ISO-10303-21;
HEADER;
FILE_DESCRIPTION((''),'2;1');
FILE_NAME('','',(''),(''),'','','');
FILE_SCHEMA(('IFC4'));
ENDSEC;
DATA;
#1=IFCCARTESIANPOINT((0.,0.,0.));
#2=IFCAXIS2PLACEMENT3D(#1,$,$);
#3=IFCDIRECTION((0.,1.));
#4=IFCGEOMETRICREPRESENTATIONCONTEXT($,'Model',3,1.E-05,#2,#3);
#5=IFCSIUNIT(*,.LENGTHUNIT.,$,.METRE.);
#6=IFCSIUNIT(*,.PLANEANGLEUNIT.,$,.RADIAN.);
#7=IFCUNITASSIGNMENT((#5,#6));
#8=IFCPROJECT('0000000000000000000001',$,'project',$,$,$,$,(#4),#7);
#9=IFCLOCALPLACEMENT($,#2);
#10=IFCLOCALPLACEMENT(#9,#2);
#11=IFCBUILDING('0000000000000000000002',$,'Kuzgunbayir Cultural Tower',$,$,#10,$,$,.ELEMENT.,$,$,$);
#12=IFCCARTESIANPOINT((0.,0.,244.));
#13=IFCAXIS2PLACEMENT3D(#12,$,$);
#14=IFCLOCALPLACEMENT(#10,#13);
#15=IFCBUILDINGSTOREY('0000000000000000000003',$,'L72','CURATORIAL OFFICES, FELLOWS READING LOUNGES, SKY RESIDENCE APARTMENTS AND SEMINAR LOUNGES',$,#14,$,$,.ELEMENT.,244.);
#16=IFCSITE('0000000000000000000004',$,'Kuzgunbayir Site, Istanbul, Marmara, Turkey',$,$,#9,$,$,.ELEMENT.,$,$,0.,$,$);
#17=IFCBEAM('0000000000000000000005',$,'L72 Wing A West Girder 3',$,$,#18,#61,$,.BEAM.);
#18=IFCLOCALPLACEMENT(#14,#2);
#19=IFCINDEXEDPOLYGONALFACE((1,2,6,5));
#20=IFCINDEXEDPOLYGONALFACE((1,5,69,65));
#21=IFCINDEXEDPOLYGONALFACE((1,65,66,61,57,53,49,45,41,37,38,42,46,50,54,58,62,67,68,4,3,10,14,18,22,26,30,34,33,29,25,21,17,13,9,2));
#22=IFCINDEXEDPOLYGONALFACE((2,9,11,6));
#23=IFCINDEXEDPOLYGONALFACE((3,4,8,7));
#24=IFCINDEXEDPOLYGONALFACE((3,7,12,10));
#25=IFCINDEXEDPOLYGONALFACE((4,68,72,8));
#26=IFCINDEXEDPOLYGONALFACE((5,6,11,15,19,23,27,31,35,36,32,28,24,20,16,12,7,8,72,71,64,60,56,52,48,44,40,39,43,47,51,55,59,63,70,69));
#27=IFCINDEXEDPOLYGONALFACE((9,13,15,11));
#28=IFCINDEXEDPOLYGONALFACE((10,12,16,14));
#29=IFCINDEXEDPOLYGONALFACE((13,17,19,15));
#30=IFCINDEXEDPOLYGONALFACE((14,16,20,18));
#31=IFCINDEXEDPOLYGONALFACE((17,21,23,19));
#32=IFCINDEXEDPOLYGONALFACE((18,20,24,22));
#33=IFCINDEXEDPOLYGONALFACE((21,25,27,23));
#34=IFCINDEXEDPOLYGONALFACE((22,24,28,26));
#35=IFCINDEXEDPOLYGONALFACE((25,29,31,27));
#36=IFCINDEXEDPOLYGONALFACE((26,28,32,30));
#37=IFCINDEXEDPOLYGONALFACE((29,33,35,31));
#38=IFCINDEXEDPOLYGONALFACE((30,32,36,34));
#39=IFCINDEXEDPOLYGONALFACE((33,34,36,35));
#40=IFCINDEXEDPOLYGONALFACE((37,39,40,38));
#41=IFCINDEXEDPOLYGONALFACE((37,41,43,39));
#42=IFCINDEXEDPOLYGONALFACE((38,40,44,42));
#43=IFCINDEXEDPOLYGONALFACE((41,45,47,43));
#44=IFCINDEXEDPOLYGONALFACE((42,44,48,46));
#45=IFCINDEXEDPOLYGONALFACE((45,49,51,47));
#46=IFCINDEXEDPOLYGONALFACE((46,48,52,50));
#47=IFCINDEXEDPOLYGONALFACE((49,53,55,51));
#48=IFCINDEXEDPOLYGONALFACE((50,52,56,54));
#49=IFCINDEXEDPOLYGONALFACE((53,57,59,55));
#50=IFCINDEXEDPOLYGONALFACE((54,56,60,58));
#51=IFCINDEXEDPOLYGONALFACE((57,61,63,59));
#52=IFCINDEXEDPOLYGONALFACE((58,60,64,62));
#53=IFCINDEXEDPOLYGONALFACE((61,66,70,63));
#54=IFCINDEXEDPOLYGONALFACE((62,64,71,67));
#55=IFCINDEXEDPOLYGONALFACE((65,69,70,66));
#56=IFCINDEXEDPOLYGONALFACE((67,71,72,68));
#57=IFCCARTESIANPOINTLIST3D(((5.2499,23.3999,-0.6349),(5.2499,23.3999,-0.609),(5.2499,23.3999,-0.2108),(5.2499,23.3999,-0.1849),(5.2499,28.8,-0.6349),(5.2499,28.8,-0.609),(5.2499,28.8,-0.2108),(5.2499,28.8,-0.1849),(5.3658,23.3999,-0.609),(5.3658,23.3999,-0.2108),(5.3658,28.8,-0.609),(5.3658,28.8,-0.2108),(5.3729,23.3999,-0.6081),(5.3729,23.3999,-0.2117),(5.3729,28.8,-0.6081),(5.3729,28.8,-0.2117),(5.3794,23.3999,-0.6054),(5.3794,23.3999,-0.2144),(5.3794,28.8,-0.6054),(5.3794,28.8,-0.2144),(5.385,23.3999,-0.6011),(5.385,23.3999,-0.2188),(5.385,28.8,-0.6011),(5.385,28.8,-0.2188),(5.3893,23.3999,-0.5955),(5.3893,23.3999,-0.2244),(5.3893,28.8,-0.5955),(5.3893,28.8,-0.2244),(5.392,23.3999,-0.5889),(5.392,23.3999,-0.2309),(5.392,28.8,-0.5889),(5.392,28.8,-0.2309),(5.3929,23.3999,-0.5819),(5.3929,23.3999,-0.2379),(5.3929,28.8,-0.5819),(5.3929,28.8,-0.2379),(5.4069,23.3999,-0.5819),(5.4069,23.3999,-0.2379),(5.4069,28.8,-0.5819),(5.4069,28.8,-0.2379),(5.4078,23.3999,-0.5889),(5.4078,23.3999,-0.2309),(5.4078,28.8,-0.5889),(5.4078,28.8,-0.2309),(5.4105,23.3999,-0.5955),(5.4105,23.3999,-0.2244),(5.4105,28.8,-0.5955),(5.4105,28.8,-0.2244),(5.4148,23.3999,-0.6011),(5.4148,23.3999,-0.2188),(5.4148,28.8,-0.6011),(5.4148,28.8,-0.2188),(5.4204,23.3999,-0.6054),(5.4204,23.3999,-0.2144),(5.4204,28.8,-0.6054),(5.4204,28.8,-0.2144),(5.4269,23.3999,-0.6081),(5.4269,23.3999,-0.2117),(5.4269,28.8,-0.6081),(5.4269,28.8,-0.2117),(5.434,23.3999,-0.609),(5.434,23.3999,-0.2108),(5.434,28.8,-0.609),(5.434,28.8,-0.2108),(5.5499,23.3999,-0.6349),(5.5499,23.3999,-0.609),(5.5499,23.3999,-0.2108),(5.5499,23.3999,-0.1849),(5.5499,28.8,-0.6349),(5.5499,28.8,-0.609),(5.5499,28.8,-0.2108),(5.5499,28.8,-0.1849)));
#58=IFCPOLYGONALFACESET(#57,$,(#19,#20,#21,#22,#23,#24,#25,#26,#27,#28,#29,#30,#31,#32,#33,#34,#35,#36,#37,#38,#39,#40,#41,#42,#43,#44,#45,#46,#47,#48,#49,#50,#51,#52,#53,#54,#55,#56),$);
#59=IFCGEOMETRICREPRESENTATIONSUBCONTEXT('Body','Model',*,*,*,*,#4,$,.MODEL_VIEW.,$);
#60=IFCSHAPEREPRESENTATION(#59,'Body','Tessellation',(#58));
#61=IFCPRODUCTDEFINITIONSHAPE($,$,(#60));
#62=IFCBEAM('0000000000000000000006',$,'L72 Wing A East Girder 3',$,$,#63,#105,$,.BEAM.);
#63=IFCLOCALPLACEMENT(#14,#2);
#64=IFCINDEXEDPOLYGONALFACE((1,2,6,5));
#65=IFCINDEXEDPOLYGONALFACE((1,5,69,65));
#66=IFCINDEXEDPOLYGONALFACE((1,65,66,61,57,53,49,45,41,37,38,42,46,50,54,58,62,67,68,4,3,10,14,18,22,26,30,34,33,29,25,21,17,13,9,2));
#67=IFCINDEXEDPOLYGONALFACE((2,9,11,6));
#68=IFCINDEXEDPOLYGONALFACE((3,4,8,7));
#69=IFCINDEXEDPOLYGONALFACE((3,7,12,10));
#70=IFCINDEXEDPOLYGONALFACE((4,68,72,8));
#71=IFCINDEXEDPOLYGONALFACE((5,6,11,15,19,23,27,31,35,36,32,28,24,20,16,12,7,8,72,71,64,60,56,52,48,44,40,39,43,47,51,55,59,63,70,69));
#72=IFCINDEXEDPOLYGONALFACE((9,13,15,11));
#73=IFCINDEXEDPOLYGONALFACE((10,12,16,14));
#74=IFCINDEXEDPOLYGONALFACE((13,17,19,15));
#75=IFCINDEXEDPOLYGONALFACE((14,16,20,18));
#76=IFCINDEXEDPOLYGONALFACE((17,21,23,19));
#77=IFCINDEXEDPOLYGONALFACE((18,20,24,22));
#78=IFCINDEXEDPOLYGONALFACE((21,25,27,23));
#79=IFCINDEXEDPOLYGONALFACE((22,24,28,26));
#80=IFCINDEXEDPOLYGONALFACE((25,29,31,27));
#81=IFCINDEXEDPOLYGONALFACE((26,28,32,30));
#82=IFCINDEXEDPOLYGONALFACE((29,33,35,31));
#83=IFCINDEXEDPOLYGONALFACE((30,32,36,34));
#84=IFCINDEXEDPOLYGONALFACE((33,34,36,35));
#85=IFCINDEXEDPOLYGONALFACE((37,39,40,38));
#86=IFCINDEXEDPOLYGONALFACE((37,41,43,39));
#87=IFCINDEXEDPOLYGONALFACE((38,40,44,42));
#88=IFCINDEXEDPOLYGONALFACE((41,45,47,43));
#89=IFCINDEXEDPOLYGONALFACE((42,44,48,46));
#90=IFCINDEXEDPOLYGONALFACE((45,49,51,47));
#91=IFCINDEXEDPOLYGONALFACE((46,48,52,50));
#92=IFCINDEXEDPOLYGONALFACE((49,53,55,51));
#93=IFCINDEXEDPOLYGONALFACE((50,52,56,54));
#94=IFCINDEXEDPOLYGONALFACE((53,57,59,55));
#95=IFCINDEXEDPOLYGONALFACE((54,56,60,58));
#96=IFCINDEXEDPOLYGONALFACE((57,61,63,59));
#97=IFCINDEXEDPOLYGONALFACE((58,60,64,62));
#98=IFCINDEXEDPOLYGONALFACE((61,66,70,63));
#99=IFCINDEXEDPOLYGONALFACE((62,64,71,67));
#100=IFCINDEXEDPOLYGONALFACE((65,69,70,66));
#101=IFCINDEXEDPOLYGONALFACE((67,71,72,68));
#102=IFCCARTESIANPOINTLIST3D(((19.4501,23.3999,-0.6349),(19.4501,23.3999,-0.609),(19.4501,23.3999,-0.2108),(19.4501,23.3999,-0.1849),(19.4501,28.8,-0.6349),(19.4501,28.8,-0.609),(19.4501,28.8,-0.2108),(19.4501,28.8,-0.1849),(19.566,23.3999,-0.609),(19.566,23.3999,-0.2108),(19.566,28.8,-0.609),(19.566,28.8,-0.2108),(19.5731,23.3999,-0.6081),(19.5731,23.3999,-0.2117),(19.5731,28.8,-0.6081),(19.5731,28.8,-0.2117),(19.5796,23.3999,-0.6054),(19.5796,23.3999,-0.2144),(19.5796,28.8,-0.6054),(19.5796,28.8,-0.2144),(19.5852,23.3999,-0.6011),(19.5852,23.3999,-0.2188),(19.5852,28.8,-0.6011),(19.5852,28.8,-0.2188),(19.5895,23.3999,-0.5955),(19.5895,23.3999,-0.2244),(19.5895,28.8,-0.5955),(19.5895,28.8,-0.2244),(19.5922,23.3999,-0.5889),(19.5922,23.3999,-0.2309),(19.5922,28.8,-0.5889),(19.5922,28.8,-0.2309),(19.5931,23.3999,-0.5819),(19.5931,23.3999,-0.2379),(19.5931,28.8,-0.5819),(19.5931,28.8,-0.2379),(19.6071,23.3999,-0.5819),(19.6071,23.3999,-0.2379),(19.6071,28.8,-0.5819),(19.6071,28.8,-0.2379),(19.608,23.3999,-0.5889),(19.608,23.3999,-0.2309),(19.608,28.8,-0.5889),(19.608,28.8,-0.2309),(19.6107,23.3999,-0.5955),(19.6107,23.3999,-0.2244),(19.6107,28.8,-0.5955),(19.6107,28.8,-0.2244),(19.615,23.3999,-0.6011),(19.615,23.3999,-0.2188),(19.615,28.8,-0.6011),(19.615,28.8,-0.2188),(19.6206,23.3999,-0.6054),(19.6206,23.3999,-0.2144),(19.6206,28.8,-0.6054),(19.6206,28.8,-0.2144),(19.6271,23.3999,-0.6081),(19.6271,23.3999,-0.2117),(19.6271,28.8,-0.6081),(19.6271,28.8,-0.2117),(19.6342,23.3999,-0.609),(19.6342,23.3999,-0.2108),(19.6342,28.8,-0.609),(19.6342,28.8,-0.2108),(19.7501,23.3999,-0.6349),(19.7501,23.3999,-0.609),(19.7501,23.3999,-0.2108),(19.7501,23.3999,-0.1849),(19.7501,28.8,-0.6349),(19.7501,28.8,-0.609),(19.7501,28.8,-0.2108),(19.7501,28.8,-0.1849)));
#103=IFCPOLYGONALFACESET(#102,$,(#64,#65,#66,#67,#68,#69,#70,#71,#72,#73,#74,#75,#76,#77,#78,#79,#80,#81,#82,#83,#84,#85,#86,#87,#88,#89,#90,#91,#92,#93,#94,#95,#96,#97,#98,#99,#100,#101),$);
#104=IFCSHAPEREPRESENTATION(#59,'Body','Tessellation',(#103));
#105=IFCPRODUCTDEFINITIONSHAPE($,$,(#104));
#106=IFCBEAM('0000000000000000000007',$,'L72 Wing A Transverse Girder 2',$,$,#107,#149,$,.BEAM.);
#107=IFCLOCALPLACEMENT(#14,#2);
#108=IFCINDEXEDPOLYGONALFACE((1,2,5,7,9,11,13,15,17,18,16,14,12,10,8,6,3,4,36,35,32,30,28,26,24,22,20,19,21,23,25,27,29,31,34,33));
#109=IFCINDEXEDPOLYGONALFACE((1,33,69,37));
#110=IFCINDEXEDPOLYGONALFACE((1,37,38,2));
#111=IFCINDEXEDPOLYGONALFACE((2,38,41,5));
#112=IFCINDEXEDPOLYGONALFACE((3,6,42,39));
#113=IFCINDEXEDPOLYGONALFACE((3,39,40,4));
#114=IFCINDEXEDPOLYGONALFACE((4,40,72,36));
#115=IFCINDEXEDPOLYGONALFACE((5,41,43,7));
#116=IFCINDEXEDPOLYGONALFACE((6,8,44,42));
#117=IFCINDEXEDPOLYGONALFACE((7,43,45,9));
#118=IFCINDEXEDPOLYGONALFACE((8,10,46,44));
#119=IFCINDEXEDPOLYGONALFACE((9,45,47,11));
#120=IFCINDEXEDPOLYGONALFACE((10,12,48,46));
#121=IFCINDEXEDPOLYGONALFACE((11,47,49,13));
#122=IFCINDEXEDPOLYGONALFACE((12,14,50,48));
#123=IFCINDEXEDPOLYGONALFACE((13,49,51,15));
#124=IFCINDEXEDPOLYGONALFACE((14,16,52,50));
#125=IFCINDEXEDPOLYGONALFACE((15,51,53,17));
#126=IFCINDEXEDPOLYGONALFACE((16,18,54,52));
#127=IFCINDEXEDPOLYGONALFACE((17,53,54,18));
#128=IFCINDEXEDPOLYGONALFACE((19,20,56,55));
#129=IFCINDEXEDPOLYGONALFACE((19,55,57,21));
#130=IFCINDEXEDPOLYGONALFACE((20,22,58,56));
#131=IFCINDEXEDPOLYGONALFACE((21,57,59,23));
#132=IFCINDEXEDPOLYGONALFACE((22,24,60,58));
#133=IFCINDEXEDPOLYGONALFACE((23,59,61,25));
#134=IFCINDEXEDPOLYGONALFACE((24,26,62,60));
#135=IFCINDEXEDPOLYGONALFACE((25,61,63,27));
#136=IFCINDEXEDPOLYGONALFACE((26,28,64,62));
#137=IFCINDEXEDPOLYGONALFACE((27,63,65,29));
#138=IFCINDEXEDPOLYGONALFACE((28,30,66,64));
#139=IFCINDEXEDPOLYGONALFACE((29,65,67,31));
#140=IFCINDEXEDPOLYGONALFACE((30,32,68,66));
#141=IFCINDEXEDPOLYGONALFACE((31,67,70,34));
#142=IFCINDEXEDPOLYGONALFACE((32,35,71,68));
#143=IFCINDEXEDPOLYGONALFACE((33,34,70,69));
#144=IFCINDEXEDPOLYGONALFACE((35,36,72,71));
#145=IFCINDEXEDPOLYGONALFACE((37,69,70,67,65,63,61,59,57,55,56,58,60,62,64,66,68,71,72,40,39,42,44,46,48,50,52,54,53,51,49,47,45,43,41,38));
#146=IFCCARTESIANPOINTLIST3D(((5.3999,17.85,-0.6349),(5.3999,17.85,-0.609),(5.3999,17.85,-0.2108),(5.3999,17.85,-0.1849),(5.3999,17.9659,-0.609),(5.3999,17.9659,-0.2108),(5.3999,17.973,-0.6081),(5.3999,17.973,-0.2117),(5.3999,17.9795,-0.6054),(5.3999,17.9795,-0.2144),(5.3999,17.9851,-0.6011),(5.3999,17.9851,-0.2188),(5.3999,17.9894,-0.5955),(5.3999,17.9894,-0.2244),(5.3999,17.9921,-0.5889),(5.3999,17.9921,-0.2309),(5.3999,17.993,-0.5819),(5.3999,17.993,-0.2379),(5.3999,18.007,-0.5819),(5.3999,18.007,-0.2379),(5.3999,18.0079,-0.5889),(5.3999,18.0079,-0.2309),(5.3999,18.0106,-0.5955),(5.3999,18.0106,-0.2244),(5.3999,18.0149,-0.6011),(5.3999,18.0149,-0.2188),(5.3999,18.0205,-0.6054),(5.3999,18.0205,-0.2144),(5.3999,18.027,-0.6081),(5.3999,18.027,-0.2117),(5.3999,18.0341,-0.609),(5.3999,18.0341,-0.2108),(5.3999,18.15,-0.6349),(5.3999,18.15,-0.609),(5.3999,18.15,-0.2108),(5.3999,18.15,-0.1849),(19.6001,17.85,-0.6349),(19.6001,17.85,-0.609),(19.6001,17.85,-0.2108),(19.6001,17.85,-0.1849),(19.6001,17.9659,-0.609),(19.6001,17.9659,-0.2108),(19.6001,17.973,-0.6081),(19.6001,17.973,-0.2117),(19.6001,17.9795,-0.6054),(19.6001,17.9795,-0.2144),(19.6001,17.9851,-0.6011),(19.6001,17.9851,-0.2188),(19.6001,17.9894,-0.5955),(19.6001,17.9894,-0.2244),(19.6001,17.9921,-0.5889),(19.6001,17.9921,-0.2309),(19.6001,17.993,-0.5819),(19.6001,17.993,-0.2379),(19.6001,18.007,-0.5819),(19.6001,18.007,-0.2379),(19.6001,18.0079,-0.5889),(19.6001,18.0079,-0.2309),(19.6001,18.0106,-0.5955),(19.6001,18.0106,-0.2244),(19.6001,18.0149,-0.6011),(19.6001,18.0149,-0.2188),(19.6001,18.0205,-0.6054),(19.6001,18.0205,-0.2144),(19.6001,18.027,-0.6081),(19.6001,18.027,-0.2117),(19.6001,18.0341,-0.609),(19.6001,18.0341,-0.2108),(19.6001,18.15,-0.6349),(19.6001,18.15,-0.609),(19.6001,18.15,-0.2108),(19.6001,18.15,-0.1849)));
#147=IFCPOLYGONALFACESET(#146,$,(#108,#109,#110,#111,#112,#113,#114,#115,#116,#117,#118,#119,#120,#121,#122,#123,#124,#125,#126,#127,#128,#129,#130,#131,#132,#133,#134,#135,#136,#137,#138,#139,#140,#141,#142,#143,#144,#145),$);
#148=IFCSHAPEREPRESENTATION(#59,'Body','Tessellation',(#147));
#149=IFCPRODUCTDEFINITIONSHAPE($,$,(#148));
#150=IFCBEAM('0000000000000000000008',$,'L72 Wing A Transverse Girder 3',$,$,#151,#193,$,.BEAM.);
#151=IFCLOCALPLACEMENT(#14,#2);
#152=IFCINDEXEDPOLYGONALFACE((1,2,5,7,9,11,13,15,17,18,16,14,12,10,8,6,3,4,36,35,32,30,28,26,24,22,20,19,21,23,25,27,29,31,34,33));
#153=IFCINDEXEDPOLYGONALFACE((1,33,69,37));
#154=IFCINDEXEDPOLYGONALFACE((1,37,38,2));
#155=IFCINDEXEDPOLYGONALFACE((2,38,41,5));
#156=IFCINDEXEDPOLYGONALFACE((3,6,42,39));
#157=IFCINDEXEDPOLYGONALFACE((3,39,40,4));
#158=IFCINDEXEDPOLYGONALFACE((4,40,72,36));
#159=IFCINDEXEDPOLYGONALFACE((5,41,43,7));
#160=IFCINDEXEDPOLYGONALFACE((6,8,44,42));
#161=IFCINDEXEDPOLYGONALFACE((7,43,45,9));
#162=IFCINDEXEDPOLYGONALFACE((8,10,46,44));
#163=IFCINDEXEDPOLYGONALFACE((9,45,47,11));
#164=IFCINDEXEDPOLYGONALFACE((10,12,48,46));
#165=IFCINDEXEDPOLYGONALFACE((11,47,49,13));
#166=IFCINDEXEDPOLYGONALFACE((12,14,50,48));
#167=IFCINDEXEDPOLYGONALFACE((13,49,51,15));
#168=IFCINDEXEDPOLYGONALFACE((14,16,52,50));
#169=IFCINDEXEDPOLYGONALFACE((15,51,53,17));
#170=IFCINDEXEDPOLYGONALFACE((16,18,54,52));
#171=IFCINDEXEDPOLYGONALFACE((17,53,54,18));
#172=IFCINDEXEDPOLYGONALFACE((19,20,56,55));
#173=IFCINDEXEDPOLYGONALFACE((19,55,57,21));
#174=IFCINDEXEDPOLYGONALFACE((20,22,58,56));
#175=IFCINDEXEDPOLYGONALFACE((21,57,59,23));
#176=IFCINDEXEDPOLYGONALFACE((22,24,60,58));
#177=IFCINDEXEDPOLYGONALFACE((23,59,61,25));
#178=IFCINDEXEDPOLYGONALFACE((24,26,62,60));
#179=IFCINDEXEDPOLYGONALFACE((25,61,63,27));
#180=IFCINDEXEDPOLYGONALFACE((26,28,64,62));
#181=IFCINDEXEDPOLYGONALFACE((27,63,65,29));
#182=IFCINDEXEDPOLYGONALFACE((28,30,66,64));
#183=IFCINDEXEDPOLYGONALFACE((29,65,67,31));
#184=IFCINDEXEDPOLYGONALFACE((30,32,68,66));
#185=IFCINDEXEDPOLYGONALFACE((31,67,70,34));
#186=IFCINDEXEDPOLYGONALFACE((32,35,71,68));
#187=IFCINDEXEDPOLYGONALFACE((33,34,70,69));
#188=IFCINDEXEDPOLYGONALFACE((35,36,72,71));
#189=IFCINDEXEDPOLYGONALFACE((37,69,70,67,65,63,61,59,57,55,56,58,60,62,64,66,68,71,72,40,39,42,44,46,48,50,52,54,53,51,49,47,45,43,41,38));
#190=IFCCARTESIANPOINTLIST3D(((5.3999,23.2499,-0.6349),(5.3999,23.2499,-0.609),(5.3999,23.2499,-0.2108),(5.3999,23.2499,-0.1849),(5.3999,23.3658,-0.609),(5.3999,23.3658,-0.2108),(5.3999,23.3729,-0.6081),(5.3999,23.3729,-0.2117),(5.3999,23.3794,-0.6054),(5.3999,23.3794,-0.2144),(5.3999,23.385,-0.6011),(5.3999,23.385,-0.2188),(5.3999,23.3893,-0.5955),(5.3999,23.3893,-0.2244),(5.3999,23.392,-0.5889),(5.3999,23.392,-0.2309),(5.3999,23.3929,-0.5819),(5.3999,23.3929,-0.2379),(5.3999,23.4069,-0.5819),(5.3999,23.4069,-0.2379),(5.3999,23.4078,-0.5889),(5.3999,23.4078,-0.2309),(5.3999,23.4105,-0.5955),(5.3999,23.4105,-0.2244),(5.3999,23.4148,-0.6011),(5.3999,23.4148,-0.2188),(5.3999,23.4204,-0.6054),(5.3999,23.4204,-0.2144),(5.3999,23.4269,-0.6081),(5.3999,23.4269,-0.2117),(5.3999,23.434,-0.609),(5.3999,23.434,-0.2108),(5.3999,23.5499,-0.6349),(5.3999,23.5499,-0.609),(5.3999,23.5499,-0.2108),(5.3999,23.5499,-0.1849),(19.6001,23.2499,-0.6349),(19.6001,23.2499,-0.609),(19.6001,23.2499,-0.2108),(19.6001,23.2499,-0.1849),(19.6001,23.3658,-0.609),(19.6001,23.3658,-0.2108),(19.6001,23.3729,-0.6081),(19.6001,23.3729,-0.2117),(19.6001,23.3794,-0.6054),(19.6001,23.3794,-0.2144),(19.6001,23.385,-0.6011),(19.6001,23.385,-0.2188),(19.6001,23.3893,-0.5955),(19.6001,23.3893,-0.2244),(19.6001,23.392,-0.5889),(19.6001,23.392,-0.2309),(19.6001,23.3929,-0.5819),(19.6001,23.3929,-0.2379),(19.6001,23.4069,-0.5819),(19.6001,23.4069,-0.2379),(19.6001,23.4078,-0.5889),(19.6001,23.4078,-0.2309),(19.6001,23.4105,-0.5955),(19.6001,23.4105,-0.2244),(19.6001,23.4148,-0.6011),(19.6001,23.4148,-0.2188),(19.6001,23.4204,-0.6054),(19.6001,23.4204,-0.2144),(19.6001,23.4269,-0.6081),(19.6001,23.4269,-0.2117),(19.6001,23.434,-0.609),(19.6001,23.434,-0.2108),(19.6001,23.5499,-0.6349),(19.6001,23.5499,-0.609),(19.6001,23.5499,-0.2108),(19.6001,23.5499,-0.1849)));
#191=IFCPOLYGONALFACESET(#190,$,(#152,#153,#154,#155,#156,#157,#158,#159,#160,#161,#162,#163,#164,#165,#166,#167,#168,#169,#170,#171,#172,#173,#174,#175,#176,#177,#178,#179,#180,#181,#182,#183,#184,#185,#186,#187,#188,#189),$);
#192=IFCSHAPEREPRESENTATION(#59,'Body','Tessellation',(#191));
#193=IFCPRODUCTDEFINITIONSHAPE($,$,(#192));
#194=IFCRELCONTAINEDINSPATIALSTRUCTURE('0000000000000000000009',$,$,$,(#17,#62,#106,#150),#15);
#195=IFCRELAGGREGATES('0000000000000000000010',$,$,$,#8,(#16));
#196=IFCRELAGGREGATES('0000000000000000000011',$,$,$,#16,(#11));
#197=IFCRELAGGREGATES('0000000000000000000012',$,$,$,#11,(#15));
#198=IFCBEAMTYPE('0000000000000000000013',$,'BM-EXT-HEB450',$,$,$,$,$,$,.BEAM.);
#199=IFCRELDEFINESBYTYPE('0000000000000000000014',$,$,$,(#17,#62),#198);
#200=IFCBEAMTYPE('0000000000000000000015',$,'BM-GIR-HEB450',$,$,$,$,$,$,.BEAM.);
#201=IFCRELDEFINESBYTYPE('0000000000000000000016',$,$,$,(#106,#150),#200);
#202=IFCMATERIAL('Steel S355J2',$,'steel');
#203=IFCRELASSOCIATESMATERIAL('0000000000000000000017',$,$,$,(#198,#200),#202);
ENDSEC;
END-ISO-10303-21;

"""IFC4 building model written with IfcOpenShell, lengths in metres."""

from ifc_helpers import new_model, si_unit, direction, frame, origin, origin_2d, place, context, subcontext, project, spatial, i_section, extrude, material, material_profile, profile_set, type_object, element, save


model = new_model("IFC4")

# Units and contexts
model_context = context("Model", 3, precision=1e-05, world=origin(), true_north=direction((0.0, 1.0)))
body_context = subcontext(model_context, "Body", "Model", "MODEL_VIEW")
ifc_project = project(units=[si_unit("LENGTHUNIT", "METRE"), si_unit("PLANEANGLEUNIT", "RADIAN")], contexts=[model_context])

# Site, building, storey
site_placement = place(None, origin())
site = spatial("IfcSite", under=ifc_project, at=site_placement, Name="Kuzgunbayir Site, Istanbul, Marmara, Turkey", CompositionType="ELEMENT", RefElevation=0.0)
building_placement = place(site_placement, origin())
building = spatial("IfcBuilding", under=site, at=building_placement, Name="Kuzgunbayir Cultural Tower", CompositionType="ELEMENT")
storey_placement = place(building_placement, frame((0.0, 0.0, 244.0)))
storey = spatial("IfcBuildingStorey", under=building, at=storey_placement, Name="L72", Description="CURATORIAL OFFICES, FELLOWS READING LOUNGES, SKY RESIDENCE APARTMENTS AND SEMINAR LOUNGES", CompositionType="ELEMENT", Elevation=244.0)

# Beams
ifc_material_1 = material(Name="Steel S355J2", Category="steel")
ifc_material_profile_1 = material_profile(ifc_material_1, i_section(OverallWidth=0.3, OverallDepth=0.45, WebThickness=0.0139, FlangeThickness=0.0259, FilletRadius=0.0271, at=origin_2d()), Name="HEB 450")
ifc_profile_set_1 = profile_set([ifc_material_profile_1], Name="Steel S355J2")
beam_type_1 = type_object("IfcBeamType", Name="BM-EXT-HEB450", PredefinedType="BEAM", material=ifc_profile_set_1)
for number, where, z_axis, x_axis, name in (
    (1, (5.3999, 23.3999, -0.4099), (0.0, 1.0, 0.0), (-1.0, 0.0, 0.0), "L72 Wing A West Girder 3"),
    (2, (19.6001, 23.3999, -0.4099), (0.0, 1.0, 0.0), (-1.0, 0.0, 0.0), "L72 Wing A East Girder 3"),
):
    element("IfcBeam", number, at=place(storey_placement, frame(where, z_axis=z_axis, x_axis=x_axis)), inside=storey, type_object=beam_type_1, Name=name, PredefinedType="BEAM", context=body_context, shape_type="SweptSolid", body=[
        extrude(i_section(OverallWidth=0.3, OverallDepth=0.45, WebThickness=0.0139, FlangeThickness=0.0259, FilletRadius=0.0271, at=origin_2d()), origin(), (0.0, 0.0, 1.0), 5.4001),
    ])
ifc_material_profile_2 = material_profile(ifc_material_1, i_section(OverallWidth=0.3, OverallDepth=0.45, WebThickness=0.0139, FlangeThickness=0.0259, FilletRadius=0.0271, at=origin_2d()), Name="HEB 450")
ifc_profile_set_2 = profile_set([ifc_material_profile_2], Name="Steel S355J2")
beam_type_2 = type_object("IfcBeamType", Name="BM-GIR-HEB450", PredefinedType="BEAM", material=ifc_profile_set_2)
for number, where, z_axis, x_axis, name in (
    (3, (5.3999, 18.0, -0.4099), (1.0, 0.0, 0.0), (0.0, 1.0, 0.0), "L72 Wing A Transverse Girder 2"),
    (4, (5.3999, 23.3999, -0.4099), (1.0, 0.0, 0.0), (0.0, 1.0, 0.0), "L72 Wing A Transverse Girder 3"),
):
    element("IfcBeam", number, at=place(storey_placement, frame(where, z_axis=z_axis, x_axis=x_axis)), inside=storey, type_object=beam_type_2, Name=name, PredefinedType="BEAM", context=body_context, shape_type="SweptSolid", body=[
        extrude(i_section(OverallWidth=0.3, OverallDepth=0.45, WebThickness=0.0139, FlangeThickness=0.0259, FilletRadius=0.0271, at=origin_2d()), origin(), (0.0, 0.0, 1.0), 14.2002),
    ])

save(model, "model.ifc")
